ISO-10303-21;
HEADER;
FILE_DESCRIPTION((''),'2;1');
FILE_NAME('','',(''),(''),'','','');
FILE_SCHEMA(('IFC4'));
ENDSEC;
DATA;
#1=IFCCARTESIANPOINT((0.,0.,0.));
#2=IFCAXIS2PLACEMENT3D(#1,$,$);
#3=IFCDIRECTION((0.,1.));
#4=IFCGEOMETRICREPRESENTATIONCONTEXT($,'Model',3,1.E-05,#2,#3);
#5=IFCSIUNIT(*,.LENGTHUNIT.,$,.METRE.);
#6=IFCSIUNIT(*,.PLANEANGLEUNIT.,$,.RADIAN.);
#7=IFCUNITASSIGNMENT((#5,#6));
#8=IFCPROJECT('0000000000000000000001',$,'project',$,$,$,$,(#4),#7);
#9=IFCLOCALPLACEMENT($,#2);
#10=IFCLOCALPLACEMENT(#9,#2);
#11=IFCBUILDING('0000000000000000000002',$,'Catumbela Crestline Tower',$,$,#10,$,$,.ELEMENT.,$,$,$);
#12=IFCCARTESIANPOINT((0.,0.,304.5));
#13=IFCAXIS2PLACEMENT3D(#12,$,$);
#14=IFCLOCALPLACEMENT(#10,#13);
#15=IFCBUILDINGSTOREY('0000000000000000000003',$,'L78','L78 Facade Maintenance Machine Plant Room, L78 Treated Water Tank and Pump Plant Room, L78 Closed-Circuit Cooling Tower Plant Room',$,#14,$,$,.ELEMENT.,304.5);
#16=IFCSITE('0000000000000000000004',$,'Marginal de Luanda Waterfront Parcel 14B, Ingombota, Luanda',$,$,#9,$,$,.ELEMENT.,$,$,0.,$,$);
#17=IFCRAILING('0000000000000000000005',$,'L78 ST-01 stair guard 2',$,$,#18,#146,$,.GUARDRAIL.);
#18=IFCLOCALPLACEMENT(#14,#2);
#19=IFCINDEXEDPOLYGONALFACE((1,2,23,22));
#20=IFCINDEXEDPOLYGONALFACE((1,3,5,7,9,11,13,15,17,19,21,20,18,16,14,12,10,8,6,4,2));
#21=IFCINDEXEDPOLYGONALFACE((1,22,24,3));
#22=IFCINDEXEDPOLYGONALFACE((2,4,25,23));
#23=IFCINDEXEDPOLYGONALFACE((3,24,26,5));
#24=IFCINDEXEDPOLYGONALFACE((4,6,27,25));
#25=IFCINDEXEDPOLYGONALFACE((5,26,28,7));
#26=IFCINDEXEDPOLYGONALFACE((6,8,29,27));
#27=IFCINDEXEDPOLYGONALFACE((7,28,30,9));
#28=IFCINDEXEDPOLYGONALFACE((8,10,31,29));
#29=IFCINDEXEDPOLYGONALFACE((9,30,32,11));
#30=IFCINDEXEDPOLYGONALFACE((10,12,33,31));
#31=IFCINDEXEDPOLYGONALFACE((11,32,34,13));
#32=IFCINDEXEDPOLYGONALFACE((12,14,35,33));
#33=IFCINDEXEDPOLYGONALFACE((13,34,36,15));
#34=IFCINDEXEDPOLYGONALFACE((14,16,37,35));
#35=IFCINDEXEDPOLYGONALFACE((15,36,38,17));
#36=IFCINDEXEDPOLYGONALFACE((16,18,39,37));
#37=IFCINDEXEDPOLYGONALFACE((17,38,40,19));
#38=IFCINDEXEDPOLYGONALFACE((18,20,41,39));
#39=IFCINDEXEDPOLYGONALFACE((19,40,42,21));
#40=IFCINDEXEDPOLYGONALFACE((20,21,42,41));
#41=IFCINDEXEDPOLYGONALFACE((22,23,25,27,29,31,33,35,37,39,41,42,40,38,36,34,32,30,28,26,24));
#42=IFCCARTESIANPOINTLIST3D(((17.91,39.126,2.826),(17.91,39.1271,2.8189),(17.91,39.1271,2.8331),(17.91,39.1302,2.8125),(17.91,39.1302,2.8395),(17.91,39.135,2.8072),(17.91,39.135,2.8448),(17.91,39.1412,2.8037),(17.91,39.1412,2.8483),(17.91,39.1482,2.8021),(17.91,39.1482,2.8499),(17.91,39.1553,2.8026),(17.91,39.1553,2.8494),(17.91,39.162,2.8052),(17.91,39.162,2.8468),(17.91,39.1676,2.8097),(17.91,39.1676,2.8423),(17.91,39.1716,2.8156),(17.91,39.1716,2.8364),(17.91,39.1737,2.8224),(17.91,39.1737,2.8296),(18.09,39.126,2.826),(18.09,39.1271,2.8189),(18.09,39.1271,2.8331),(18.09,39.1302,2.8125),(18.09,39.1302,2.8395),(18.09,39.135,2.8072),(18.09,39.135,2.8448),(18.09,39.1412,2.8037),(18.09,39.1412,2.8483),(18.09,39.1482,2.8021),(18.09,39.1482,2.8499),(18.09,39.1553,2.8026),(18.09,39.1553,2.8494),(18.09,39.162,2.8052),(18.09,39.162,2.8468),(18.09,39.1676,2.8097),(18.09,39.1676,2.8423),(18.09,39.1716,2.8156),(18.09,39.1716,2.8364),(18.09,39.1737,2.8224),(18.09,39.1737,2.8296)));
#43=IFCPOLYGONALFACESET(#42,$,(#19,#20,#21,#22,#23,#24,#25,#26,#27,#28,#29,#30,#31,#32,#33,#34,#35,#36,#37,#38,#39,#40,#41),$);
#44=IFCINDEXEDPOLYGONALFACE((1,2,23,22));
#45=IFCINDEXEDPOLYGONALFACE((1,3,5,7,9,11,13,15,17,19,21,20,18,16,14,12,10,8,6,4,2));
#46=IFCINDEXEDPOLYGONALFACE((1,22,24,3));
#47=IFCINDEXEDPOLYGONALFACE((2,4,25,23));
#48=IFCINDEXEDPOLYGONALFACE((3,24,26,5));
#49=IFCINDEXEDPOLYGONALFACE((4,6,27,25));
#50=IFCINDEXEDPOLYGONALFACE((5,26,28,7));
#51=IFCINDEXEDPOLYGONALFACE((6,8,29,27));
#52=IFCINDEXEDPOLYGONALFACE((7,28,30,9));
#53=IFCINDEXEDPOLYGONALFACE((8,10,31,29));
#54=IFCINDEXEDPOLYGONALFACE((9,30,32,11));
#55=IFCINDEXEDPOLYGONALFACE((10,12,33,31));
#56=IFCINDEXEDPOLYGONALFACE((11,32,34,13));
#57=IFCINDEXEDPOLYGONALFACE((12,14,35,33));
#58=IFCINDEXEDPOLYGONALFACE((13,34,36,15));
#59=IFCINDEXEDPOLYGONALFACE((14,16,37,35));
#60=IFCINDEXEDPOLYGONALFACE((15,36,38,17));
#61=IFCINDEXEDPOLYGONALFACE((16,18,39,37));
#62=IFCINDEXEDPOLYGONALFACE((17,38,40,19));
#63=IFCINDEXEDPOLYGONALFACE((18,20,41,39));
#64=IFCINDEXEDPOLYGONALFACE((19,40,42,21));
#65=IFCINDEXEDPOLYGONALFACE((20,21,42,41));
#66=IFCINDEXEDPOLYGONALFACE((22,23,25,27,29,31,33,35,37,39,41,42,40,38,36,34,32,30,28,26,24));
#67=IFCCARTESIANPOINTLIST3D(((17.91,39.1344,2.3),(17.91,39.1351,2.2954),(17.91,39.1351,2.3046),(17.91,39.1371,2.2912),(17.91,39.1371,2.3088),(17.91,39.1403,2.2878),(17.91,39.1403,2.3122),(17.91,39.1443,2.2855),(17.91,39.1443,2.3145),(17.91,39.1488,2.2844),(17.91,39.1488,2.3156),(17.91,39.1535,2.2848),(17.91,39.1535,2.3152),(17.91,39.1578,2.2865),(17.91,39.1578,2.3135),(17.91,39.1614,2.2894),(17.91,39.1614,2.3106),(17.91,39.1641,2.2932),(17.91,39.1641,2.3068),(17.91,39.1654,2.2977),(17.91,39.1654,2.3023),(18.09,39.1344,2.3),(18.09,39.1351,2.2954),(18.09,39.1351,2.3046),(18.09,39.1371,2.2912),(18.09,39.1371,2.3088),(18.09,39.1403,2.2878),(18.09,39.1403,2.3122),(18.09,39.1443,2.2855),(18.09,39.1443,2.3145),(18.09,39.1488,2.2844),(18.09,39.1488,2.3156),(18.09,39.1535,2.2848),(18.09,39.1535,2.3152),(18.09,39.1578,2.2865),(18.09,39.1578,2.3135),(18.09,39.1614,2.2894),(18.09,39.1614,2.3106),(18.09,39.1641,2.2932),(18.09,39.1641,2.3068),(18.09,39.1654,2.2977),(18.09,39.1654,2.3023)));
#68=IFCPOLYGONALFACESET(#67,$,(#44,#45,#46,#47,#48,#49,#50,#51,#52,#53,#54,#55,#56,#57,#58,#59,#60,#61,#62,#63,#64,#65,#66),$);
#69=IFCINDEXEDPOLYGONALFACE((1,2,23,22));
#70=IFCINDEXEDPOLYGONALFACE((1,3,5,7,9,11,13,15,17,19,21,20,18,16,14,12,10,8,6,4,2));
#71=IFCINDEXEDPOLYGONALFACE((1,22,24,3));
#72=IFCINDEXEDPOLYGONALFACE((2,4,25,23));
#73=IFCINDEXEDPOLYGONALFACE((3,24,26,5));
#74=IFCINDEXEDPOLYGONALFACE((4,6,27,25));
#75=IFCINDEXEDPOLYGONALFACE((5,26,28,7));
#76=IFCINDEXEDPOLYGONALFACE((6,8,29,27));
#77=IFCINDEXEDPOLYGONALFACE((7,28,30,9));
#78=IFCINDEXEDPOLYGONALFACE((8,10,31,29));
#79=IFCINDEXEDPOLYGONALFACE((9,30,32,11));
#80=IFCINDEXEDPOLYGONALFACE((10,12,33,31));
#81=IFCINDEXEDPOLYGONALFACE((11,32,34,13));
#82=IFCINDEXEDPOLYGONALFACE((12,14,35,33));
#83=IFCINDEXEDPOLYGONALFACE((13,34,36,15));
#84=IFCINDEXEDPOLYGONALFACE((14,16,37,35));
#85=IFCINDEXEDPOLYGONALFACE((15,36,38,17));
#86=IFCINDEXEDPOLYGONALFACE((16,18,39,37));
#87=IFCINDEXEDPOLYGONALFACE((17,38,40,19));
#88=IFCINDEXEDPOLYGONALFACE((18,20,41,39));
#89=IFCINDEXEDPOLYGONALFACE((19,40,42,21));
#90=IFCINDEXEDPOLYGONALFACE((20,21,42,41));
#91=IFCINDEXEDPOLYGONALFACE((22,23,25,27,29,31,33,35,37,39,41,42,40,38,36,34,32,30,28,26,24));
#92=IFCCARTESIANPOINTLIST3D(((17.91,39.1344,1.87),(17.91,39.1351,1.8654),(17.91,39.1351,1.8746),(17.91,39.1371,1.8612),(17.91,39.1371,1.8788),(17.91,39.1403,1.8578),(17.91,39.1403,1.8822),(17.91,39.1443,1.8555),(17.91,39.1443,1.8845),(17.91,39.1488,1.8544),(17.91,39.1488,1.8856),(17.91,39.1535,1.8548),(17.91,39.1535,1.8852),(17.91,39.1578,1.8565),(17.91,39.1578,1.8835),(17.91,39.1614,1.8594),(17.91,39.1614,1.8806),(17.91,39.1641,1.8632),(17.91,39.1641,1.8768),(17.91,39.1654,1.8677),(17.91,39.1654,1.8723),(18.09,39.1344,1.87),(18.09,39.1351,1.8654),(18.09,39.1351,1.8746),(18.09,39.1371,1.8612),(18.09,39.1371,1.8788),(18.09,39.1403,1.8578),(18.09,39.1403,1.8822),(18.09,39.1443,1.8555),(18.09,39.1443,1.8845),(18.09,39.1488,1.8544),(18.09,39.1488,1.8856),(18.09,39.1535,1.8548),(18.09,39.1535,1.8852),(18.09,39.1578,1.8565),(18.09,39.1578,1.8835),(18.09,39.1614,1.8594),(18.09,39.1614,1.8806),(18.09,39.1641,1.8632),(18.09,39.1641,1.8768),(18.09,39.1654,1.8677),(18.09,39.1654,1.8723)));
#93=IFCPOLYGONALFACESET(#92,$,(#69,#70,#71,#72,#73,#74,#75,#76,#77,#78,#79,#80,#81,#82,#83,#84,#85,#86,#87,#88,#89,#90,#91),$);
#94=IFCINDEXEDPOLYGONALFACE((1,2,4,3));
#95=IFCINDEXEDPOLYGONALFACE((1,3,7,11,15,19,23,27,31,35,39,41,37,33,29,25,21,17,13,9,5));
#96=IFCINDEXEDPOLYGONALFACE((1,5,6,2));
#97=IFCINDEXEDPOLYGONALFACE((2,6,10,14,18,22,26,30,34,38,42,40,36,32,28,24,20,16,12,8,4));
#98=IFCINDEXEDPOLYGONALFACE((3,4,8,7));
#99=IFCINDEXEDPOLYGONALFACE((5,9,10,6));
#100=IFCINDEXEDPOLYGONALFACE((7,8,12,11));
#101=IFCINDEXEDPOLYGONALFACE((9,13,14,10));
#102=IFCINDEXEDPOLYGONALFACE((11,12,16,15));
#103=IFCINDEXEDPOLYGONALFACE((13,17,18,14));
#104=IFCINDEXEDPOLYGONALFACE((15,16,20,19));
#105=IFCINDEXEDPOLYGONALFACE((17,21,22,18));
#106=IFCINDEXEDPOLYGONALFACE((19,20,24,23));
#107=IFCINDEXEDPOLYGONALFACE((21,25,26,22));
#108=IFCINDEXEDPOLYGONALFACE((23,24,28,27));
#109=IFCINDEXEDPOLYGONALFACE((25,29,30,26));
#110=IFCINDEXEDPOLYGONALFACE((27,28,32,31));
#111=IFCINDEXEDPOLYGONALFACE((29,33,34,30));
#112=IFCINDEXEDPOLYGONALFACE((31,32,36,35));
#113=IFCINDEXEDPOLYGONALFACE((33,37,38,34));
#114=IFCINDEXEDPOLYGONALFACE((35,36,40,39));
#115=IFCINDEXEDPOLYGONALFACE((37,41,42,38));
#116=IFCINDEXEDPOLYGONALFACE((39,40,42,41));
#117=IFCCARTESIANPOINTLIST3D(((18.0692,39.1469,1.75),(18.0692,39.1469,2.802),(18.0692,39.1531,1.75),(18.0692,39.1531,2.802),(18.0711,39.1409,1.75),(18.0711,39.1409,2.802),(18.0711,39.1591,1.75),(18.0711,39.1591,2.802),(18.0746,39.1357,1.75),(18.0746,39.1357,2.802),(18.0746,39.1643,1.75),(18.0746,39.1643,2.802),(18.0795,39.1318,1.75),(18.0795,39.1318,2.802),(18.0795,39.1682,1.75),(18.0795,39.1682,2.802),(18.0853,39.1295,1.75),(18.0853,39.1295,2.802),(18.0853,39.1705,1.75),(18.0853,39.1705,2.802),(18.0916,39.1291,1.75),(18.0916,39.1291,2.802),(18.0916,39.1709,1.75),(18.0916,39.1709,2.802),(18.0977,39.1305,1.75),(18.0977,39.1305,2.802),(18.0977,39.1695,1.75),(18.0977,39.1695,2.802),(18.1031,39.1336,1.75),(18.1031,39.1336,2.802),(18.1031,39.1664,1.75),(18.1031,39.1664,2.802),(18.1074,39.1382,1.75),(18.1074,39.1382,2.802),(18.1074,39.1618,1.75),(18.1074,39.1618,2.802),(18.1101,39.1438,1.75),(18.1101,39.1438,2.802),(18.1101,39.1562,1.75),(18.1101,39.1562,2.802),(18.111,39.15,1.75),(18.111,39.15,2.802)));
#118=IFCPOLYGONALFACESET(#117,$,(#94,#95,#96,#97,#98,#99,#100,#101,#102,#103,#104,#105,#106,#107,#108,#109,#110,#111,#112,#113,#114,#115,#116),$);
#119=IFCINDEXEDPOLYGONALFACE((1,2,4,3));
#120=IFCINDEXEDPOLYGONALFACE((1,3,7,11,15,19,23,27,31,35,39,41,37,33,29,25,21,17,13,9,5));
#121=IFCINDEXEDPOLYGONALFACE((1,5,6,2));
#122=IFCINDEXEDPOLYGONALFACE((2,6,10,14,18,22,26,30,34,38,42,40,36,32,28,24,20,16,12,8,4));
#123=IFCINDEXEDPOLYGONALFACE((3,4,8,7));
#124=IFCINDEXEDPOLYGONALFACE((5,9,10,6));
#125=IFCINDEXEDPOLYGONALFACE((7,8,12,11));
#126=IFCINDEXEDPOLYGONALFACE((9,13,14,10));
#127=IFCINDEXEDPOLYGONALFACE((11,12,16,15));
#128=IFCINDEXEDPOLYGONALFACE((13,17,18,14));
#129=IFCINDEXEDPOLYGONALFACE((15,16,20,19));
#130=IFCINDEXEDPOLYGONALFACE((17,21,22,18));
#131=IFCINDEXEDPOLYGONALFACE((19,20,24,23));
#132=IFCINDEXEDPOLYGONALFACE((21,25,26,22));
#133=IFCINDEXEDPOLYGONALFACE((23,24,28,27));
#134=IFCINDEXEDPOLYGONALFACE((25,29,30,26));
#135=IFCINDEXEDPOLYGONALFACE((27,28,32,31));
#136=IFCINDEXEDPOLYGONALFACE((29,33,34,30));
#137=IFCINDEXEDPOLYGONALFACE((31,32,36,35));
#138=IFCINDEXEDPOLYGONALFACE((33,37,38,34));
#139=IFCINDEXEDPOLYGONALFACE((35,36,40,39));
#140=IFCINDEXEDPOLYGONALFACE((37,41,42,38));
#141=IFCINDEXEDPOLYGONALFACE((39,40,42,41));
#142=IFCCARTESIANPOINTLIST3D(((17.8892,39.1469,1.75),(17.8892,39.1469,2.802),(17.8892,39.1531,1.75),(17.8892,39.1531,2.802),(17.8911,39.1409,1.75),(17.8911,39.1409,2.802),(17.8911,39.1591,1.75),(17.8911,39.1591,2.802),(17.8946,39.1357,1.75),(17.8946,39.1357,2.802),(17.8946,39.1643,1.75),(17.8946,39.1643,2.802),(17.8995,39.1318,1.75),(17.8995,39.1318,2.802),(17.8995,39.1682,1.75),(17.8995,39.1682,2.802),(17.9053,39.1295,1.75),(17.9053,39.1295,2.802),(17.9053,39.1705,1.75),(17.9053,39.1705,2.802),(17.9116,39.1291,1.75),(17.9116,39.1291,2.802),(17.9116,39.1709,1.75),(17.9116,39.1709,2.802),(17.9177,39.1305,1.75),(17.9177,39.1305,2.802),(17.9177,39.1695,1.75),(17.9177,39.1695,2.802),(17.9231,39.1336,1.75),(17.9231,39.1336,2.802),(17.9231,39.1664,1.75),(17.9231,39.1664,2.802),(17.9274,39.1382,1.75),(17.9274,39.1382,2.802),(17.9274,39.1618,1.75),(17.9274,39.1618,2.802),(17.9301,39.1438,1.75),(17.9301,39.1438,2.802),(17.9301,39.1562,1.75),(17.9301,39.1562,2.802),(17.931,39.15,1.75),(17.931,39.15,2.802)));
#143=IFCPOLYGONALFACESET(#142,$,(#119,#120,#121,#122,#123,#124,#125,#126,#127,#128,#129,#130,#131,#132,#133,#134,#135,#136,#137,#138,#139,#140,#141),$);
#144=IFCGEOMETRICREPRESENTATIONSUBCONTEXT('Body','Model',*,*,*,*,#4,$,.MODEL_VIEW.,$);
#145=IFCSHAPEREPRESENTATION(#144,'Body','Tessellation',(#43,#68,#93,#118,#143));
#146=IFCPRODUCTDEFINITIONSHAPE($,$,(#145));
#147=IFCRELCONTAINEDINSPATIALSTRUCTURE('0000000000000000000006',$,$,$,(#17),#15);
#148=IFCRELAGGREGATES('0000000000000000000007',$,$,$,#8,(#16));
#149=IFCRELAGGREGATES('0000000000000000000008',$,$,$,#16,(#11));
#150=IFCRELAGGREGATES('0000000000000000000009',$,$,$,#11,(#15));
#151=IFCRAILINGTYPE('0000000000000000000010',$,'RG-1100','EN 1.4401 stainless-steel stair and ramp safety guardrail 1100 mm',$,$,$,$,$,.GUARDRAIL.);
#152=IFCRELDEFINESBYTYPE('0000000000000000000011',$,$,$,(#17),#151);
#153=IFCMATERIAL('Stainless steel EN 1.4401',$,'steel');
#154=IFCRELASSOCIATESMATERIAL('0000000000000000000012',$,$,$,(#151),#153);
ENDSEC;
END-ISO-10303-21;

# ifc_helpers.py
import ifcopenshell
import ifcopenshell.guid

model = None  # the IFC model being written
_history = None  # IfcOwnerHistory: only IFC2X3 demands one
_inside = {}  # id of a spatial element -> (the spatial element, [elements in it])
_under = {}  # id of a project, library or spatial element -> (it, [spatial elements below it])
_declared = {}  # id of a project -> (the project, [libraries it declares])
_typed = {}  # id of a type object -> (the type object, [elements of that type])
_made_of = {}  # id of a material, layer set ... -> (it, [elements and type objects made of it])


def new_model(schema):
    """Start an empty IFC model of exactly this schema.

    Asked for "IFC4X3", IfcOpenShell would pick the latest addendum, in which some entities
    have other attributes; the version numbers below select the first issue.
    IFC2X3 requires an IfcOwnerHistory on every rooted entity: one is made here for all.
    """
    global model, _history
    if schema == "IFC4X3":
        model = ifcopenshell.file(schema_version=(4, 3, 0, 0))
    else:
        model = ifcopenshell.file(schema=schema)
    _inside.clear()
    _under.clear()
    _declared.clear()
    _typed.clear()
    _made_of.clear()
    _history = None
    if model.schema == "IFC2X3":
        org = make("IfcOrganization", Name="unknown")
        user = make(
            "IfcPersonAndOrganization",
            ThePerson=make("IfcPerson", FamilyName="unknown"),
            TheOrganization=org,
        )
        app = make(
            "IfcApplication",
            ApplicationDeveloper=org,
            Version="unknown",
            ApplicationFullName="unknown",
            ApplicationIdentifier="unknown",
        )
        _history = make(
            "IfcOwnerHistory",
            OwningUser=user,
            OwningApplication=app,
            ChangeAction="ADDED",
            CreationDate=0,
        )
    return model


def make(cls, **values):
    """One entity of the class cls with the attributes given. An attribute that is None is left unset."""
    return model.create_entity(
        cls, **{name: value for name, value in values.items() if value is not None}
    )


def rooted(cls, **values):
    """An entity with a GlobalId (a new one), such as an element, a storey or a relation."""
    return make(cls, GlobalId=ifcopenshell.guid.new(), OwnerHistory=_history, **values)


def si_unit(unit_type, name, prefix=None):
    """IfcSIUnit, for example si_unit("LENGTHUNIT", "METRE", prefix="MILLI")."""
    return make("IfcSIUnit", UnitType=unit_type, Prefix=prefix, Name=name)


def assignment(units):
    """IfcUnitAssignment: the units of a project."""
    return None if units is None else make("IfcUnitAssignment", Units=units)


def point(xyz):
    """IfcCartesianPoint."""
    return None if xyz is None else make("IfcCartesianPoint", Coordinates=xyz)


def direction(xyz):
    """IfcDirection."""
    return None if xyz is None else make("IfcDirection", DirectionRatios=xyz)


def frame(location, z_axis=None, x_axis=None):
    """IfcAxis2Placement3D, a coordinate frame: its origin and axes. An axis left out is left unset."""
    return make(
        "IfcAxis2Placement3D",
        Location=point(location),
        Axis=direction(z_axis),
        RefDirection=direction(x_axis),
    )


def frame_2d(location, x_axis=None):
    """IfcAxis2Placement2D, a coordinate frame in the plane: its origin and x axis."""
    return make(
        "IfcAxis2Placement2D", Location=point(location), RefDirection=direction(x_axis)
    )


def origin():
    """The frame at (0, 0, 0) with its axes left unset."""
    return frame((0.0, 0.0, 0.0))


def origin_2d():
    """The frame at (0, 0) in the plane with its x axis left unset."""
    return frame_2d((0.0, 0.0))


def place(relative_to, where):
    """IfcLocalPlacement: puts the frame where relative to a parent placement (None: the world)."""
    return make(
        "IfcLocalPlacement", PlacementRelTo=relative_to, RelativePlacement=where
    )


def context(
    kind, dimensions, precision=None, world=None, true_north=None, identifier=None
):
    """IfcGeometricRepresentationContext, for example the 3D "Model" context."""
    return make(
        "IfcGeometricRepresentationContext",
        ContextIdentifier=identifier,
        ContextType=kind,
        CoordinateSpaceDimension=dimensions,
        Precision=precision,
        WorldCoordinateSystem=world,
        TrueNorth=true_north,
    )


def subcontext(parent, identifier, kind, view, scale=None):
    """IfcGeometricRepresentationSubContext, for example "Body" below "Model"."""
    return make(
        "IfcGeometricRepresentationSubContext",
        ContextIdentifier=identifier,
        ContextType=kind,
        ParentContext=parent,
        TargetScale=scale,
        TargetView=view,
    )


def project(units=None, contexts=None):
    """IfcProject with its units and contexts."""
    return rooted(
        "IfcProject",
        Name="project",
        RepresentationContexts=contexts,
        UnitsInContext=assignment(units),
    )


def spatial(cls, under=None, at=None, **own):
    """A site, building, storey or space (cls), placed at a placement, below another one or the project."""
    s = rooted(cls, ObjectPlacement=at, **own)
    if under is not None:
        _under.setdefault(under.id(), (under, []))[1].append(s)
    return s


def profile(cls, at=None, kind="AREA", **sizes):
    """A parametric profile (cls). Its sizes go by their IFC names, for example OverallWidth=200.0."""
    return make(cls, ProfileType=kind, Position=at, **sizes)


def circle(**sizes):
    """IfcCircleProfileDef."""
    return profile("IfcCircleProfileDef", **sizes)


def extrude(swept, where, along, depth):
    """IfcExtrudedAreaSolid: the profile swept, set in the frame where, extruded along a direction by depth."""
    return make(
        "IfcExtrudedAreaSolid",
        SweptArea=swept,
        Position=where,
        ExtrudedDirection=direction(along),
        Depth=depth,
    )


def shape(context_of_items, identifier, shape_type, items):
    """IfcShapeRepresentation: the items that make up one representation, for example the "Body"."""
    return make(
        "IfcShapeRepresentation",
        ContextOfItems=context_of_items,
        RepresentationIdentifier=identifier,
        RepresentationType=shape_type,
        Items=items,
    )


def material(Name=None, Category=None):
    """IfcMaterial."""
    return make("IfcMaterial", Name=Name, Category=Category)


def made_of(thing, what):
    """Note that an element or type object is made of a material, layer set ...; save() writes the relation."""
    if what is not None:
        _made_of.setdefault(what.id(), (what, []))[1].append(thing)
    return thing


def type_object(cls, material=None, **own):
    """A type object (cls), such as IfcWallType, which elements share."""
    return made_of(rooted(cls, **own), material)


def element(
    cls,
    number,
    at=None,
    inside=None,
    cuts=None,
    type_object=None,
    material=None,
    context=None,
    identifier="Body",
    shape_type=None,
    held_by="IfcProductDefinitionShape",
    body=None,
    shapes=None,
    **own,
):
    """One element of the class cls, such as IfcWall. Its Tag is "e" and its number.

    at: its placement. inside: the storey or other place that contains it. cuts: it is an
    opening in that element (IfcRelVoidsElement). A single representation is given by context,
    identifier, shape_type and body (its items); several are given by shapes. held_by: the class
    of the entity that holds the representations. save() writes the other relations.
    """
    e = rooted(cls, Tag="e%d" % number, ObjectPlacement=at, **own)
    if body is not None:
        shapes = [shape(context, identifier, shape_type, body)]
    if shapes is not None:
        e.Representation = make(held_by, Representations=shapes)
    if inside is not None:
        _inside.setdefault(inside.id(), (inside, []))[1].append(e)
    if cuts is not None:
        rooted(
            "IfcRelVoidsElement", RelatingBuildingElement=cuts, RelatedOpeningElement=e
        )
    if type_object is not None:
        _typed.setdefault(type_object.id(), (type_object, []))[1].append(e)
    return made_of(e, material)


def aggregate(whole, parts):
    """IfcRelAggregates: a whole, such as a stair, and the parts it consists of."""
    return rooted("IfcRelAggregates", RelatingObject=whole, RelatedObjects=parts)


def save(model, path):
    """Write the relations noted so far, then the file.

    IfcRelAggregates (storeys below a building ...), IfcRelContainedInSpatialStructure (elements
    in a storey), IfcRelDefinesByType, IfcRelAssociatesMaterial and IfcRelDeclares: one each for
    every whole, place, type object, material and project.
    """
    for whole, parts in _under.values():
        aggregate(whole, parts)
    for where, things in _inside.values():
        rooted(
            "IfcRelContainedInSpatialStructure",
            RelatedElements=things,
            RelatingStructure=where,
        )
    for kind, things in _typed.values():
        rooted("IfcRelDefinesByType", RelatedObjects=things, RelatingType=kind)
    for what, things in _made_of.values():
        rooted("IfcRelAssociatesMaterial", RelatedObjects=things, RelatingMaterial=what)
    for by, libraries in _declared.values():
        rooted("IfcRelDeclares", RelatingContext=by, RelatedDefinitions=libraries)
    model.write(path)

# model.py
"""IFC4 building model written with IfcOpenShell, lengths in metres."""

from ifc_helpers import new_model, si_unit, direction, frame, origin, origin_2d, place, context, subcontext, project, spatial, circle, extrude, material, type_object, element, save


model = new_model("IFC4")

# Units and contexts
model_context = context("Model", 3, precision=1e-05, world=origin(), true_north=direction((0.0, 1.0)))
body_context = subcontext(model_context, "Body", "Model", "MODEL_VIEW")
ifc_project = project(units=[si_unit("LENGTHUNIT", "METRE"), si_unit("PLANEANGLEUNIT", "RADIAN")], contexts=[model_context])

# Site, building, storey
site_placement = place(None, origin())
site = spatial("IfcSite", under=ifc_project, at=site_placement, Name="Marginal de Luanda Waterfront Parcel 14B, Ingombota, Luanda", CompositionType="ELEMENT", RefElevation=0.0)
building_placement = place(site_placement, origin())
building = spatial("IfcBuilding", under=site, at=building_placement, Name="Catumbela Crestline Tower", CompositionType="ELEMENT")
storey_placement = place(building_placement, frame((0.0, 0.0, 304.5)))
storey = spatial("IfcBuildingStorey", under=building, at=storey_placement, Name="L78", Description="L78 Facade Maintenance Machine Plant Room, L78 Treated Water Tank and Pump Plant Room, L78 Closed-Circuit Cooling Tower Plant Room", CompositionType="ELEMENT", Elevation=304.5)

# Shared definitions
ifc_material_1 = material(Name="Stainless steel EN 1.4401", Category="steel")

# Railing
railing_type_1 = type_object("IfcRailingType", Name="RG-1100", Description="EN 1.4401 stainless-steel stair and ramp safety guardrail 1100 mm", PredefinedType="GUARDRAIL", material=ifc_material_1)
for number, where, name in (
    (1, (18.09, 39.15, 1.75), "L78 ST-01 stair guard 2"),
):
    element("IfcRailing", number, at=place(storey_placement, frame(where)), inside=storey, type_object=railing_type_1, Name=name, PredefinedType="GUARDRAIL", context=body_context, shape_type="SweptSolid", body=[
        extrude(circle(Radius=0.024, at=origin_2d()), frame((0.0, 0.0, 1.076), z_axis=(-1.0, 0.0, 0.0), x_axis=(0.0, -1.0, 0.0)), (0.0, 0.0, 1.0), 0.18),
        extrude(circle(Radius=0.0156, at=origin_2d()), frame((0.0, 0.0, 0.55), z_axis=(-1.0, 0.0, 0.0), x_axis=(0.0, -1.0, 0.0)), (0.0, 0.0, 1.0), 0.18),
        extrude(circle(Radius=0.0156, at=origin_2d()), frame((0.0, 0.0, 0.12), z_axis=(-1.0, 0.0, 0.0), x_axis=(0.0, -1.0, 0.0)), (0.0, 0.0, 1.0), 0.18),
        extrude(circle(Radius=0.021, at=origin_2d()), origin(), (0.0, 0.0, 1.0), 1.052),
        extrude(circle(Radius=0.021, at=origin_2d()), frame((-0.18, 0.0, 0.0)), (0.0, 0.0, 1.0), 1.052),
    ])

save(model, "model.ifc")
